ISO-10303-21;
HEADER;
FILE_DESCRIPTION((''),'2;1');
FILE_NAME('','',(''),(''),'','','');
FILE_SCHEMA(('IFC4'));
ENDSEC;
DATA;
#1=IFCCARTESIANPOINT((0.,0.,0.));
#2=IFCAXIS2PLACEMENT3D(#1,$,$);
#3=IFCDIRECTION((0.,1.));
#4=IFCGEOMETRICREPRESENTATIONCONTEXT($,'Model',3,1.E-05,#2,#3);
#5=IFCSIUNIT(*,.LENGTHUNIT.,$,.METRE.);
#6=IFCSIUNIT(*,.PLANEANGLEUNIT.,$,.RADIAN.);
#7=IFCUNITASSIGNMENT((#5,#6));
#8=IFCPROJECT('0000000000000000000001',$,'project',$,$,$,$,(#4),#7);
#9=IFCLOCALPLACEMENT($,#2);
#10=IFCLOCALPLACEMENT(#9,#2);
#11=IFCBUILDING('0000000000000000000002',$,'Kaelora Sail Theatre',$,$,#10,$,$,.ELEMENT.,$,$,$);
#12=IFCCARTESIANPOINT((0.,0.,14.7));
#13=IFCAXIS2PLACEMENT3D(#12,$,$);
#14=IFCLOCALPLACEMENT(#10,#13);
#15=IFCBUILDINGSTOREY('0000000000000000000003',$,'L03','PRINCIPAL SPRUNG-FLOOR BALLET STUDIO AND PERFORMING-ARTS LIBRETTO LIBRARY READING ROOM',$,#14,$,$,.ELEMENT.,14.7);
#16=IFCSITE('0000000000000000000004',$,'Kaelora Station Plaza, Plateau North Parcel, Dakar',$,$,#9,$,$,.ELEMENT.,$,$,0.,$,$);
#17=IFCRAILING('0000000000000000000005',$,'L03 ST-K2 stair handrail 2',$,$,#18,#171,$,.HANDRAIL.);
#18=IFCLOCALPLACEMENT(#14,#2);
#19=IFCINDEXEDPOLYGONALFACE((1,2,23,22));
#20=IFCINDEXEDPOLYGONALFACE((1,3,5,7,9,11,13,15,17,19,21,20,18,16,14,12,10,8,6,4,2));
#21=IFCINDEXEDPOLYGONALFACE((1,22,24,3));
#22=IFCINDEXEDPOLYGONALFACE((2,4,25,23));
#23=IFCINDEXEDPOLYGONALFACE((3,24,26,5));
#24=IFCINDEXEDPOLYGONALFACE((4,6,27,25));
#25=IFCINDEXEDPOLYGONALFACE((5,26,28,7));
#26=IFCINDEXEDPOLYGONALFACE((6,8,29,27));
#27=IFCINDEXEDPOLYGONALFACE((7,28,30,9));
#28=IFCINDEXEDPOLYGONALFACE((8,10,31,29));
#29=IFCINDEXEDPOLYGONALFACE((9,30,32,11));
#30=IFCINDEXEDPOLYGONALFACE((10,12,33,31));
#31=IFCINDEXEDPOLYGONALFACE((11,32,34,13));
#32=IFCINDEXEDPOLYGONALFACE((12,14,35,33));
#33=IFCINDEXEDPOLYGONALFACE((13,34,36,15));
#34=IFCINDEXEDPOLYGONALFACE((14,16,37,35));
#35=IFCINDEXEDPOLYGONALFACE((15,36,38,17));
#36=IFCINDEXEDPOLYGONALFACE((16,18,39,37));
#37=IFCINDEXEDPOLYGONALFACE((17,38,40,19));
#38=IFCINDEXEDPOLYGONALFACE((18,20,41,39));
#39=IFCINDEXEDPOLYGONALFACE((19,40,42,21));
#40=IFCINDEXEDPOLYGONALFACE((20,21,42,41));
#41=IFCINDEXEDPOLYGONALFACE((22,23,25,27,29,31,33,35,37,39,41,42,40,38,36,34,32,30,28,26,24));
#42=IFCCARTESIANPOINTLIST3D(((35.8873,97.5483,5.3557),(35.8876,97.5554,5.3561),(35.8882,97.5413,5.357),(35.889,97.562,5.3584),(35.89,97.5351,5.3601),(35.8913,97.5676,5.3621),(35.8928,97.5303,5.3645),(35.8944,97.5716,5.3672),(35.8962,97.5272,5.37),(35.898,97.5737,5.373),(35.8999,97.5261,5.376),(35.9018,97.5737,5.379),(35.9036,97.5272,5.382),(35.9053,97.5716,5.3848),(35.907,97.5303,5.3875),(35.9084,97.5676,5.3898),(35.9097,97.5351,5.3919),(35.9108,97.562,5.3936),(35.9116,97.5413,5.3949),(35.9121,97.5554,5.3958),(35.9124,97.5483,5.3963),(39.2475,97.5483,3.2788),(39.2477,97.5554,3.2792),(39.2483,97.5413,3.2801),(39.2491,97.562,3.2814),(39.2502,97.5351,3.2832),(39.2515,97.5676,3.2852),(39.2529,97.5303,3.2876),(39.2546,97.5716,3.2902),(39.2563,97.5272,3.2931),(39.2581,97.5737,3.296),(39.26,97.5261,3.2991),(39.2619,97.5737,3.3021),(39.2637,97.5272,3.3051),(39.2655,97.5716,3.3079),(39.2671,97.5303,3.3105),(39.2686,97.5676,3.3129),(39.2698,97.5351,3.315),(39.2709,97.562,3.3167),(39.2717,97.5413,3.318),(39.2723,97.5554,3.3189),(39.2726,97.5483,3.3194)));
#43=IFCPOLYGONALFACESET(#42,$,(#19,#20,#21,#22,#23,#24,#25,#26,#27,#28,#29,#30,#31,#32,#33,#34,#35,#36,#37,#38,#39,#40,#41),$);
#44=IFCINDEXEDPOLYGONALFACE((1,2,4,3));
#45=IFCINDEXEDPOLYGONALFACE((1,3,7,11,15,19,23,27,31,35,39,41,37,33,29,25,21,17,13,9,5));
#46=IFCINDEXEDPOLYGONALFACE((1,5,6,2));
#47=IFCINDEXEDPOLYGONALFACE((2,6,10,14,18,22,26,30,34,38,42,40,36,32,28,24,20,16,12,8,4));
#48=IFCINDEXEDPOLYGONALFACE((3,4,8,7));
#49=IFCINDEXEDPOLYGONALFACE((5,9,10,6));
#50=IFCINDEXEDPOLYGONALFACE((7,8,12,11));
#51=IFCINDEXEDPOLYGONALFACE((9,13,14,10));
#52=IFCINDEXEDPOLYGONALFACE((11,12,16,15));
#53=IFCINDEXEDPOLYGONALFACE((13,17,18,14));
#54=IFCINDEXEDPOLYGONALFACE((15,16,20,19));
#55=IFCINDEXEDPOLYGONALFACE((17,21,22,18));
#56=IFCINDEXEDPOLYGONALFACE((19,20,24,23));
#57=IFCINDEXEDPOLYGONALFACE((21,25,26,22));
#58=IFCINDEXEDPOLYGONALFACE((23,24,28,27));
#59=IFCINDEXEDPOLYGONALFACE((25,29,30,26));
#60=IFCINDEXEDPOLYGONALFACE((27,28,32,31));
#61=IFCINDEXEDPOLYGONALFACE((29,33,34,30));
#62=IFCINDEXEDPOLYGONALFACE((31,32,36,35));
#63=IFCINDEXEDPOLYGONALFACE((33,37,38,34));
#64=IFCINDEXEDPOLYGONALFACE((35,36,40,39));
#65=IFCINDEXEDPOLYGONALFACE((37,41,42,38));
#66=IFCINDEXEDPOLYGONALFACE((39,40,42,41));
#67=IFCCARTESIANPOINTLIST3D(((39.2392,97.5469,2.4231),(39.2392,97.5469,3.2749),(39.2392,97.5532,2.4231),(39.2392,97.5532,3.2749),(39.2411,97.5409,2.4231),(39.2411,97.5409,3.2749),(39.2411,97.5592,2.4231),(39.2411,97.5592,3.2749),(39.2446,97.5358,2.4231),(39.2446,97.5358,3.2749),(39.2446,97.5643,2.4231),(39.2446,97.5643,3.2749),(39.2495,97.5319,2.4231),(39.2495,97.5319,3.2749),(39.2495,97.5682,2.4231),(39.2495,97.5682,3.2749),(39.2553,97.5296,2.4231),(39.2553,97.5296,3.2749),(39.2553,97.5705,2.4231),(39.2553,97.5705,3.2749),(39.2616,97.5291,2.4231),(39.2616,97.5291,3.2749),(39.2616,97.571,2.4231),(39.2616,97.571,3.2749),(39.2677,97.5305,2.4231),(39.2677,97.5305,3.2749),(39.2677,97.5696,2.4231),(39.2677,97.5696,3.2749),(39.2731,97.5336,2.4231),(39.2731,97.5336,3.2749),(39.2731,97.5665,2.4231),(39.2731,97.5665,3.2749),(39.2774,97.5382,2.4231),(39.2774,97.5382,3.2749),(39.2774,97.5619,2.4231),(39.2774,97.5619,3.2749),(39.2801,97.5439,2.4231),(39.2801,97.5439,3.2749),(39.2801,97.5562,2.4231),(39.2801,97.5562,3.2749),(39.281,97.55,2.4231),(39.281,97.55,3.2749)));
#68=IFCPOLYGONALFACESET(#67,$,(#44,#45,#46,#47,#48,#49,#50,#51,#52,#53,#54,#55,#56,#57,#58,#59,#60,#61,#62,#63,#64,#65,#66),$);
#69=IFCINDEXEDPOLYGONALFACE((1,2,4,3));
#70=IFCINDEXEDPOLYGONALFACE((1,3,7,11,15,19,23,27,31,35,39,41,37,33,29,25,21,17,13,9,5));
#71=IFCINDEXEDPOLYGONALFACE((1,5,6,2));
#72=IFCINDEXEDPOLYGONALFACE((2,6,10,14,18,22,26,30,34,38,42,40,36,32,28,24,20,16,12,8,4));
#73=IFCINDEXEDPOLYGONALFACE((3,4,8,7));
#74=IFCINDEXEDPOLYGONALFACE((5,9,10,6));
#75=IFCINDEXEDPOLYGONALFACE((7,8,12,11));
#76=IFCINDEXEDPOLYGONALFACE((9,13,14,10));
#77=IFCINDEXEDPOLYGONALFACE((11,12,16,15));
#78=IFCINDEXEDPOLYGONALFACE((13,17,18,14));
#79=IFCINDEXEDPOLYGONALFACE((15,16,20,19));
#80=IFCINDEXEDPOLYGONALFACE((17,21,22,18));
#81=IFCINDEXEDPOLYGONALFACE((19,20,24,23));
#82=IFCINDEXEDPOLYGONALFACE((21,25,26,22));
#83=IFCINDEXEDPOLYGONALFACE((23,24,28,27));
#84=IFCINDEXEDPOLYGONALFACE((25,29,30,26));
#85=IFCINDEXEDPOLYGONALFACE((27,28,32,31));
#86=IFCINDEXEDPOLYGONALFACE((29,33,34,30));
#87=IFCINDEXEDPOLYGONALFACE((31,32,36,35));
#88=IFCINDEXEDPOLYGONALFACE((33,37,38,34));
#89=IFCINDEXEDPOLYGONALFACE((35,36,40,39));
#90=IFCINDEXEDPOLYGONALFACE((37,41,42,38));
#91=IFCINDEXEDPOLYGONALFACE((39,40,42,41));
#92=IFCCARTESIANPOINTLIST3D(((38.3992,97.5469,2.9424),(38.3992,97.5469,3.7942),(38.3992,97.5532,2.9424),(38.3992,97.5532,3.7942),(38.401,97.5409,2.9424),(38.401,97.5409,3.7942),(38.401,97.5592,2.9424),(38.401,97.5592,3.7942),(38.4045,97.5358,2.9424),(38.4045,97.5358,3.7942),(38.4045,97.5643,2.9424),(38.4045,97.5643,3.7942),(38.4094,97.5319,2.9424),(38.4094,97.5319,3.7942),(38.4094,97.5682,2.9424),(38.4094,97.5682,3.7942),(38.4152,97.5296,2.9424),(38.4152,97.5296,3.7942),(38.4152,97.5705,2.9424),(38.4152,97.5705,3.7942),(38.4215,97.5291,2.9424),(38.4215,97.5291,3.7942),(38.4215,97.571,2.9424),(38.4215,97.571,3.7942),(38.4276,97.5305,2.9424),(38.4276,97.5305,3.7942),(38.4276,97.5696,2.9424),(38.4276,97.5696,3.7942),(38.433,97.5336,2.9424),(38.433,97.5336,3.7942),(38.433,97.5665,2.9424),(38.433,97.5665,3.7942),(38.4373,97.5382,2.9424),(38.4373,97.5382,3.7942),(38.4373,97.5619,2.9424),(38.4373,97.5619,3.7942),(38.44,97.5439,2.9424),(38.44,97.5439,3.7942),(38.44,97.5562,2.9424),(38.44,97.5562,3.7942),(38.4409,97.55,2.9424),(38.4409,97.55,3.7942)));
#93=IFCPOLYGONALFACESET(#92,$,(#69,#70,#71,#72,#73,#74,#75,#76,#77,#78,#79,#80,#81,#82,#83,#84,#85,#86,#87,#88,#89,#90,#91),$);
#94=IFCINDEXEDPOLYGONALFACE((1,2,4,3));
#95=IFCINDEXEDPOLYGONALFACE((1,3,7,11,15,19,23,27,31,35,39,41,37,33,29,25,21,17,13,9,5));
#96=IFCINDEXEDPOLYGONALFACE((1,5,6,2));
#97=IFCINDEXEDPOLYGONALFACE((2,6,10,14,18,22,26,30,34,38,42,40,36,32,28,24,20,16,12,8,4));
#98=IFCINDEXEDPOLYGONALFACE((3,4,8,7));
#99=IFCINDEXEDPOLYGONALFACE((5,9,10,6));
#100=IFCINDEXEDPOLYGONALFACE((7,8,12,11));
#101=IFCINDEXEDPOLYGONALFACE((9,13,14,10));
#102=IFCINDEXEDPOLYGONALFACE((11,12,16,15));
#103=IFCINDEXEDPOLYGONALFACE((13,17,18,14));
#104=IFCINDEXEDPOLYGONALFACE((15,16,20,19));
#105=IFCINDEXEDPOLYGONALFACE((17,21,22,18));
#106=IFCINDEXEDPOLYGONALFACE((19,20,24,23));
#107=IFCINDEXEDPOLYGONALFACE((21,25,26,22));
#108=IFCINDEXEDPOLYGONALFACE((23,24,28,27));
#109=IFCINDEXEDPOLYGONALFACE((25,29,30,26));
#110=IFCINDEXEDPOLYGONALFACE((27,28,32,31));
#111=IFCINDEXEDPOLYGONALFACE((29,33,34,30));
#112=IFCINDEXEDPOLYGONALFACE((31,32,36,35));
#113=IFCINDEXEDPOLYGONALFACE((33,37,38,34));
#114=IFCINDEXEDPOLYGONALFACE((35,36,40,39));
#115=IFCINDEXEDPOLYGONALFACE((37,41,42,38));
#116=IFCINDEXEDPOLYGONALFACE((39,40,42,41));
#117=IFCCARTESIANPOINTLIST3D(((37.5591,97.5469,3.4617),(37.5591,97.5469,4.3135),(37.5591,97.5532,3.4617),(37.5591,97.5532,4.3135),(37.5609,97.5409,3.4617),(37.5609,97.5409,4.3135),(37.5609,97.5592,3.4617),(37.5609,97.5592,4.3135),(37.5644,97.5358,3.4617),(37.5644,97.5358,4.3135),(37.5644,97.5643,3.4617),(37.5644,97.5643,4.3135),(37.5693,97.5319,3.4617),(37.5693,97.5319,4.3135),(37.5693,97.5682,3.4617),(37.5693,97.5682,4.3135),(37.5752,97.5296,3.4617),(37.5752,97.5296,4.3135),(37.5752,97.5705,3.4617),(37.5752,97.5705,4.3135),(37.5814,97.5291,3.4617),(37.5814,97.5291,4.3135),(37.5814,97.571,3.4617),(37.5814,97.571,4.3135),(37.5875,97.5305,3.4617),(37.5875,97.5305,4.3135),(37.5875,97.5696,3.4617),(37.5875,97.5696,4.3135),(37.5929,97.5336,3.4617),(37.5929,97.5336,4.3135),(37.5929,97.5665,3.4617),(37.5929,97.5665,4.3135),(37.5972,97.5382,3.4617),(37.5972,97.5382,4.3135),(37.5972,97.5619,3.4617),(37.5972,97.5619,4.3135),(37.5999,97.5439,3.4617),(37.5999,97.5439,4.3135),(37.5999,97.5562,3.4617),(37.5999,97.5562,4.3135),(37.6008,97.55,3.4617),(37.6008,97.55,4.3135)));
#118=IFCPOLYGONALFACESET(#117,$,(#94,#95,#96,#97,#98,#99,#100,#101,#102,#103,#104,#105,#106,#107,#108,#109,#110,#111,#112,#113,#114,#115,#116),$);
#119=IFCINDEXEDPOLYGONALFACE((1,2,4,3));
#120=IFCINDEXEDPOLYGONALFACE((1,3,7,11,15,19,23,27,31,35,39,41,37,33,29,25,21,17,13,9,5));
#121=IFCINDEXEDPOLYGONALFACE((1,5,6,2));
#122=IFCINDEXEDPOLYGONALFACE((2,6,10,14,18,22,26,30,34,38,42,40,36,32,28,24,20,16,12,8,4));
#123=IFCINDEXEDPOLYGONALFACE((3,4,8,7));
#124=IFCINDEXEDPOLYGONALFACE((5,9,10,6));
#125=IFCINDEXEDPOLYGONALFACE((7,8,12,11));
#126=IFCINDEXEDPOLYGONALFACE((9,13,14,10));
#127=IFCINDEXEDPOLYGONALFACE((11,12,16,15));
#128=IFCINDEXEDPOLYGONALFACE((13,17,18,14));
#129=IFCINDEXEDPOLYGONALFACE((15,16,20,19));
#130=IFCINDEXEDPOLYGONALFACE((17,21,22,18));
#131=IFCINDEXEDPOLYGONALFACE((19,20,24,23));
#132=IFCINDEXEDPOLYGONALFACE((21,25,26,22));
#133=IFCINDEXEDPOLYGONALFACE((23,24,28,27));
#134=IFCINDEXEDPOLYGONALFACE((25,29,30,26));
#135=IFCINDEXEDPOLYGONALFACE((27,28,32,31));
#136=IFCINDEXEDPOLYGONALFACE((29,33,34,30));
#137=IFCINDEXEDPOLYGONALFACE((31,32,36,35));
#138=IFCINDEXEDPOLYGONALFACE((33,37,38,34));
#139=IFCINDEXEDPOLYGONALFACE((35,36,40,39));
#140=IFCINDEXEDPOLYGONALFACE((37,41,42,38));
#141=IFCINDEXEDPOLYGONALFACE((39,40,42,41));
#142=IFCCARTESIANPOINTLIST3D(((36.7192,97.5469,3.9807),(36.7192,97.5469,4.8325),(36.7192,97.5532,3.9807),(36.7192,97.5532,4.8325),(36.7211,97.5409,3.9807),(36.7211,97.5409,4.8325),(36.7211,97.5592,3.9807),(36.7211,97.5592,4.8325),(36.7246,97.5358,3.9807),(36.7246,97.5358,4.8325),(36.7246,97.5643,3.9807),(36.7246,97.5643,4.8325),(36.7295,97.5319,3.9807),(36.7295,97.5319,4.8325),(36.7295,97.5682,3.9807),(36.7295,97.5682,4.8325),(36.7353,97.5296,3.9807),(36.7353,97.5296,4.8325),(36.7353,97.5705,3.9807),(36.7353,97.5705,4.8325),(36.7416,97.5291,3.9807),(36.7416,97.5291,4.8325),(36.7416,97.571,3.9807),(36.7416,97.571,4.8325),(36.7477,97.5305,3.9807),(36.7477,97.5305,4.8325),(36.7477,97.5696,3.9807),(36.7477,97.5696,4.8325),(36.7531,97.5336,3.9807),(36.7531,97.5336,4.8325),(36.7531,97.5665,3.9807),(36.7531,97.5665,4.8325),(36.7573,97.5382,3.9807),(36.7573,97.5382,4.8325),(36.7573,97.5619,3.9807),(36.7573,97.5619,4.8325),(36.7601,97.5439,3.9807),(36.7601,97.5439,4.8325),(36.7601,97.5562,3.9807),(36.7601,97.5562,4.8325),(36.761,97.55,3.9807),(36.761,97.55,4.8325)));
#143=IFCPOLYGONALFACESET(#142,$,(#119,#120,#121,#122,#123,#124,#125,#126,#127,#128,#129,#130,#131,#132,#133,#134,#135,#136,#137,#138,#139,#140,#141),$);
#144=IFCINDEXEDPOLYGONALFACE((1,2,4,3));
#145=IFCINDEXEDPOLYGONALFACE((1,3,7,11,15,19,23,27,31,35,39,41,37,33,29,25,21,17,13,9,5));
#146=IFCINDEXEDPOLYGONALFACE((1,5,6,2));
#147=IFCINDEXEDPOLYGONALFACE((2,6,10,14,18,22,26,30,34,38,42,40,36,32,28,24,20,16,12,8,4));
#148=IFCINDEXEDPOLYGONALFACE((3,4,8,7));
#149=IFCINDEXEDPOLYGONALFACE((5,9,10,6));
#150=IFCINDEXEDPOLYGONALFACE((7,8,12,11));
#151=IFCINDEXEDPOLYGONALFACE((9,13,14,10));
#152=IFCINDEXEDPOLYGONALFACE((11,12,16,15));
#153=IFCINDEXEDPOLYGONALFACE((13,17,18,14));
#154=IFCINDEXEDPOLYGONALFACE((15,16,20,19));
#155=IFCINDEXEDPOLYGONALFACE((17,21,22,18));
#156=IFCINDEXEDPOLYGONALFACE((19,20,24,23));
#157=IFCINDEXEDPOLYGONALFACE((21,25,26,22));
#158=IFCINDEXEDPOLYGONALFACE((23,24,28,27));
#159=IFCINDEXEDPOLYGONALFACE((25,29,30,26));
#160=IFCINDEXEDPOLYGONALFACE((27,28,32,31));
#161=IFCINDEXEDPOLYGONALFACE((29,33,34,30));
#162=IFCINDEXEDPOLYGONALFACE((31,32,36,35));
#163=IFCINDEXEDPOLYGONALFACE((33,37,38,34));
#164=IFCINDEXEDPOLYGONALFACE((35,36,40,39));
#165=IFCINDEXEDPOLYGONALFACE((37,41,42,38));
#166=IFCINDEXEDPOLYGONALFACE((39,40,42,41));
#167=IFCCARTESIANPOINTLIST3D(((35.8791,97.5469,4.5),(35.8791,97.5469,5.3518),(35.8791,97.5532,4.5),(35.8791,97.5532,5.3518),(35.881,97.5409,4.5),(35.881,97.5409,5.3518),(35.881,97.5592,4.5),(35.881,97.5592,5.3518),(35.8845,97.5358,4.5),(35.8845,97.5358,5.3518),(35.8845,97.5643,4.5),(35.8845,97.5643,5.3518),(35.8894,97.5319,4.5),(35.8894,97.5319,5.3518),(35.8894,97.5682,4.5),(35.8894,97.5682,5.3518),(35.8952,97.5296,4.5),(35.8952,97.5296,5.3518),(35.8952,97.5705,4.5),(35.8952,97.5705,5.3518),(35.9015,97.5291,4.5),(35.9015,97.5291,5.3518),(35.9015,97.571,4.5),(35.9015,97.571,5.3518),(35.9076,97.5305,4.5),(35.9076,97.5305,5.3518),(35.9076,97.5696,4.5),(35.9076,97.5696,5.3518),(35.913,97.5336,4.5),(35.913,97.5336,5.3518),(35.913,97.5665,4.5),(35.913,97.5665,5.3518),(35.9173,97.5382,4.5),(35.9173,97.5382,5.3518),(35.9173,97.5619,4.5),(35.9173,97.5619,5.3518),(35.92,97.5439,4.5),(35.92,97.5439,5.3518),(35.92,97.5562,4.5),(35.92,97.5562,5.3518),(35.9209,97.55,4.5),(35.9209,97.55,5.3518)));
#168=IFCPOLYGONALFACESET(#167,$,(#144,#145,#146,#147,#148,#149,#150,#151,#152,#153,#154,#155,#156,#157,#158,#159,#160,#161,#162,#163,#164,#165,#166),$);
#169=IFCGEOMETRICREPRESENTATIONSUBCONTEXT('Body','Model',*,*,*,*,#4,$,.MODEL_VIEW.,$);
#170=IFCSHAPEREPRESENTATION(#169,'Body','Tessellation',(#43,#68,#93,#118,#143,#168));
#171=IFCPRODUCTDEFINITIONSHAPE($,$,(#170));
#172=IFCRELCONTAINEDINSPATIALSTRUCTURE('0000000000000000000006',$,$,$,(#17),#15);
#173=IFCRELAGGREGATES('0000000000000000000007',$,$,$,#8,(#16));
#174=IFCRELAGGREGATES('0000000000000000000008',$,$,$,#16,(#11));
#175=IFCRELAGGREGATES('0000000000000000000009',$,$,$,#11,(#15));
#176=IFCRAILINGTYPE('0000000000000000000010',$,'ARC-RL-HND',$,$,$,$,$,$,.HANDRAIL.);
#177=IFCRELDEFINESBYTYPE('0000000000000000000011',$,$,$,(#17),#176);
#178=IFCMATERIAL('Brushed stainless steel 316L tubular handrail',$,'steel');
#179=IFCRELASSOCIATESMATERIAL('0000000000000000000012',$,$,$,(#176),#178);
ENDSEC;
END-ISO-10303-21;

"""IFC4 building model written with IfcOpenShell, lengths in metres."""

from ifc_helpers import new_model, si_unit, direction, frame, origin, origin_2d, place, context, subcontext, project, spatial, circle, extrude, material, type_object, element, save


model = new_model("IFC4")

# Units and contexts
model_context = context("Model", 3, precision=1e-05, world=origin(), true_north=direction((0.0, 1.0)))
body_context = subcontext(model_context, "Body", "Model", "MODEL_VIEW")
ifc_project = project(units=[si_unit("LENGTHUNIT", "METRE"), si_unit("PLANEANGLEUNIT", "RADIAN")], contexts=[model_context])

# Site, building, storey
site_placement = place(None, origin())
site = spatial("IfcSite", under=ifc_project, at=site_placement, Name="Kaelora Station Plaza, Plateau North Parcel, Dakar", CompositionType="ELEMENT", RefElevation=0.0)
building_placement = place(site_placement, origin())
building = spatial("IfcBuilding", under=site, at=building_placement, Name="Kaelora Sail Theatre", CompositionType="ELEMENT")
storey_placement = place(building_placement, frame((0.0, 0.0, 14.7)))
storey = spatial("IfcBuildingStorey", under=building, at=storey_placement, Name="L03", Description="PRINCIPAL SPRUNG-FLOOR BALLET STUDIO AND PERFORMING-ARTS LIBRETTO LIBRARY READING ROOM", CompositionType="ELEMENT", Elevation=14.7)

# Railing
ifc_material_1 = material(Name="Brushed stainless steel 316L tubular handrail", Category="steel")
railing_type_1 = type_object("IfcRailingType", Name="ARC-RL-HND", PredefinedType="HANDRAIL", material=ifc_material_1)
railing_1_placement = place(storey_placement, frame((39.26, 97.55, 2.4231)))
element("IfcRailing", 1, at=railing_1_placement, inside=storey, type_object=railing_type_1, Name="L03 ST-K2 stair handrail 2", PredefinedType="HANDRAIL", context=body_context, shape_type="SweptSolid", body=[
    extrude(circle(Radius=0.0239, at=origin_2d()), frame((0.0, 0.0, 0.876), z_axis=(-0.850623, 0.0, 0.525776), x_axis=(0.0, -1.0, 0.0)), (0.0, 0.0, 1.0), 3.9502),
    extrude(circle(Radius=0.021, at=origin_2d()), origin(), (0.0, 0.0, 1.0), 0.8518),
    extrude(circle(Radius=0.021, at=origin_2d()), frame((-0.8401, 0.0, 0.5193)), (0.0, 0.0, 1.0), 0.8518),
    extrude(circle(Radius=0.021, at=origin_2d()), frame((-1.6802, 0.0, 1.0386)), (0.0, 0.0, 1.0), 0.8518),
    extrude(circle(Radius=0.021, at=origin_2d()), frame((-2.52, 0.0, 1.5576)), (0.0, 0.0, 1.0), 0.8518),
    extrude(circle(Radius=0.021, at=origin_2d()), frame((-3.3601, 0.0, 2.0769)), (0.0, 0.0, 1.0), 0.8518),
])

save(model, "model.ifc")
